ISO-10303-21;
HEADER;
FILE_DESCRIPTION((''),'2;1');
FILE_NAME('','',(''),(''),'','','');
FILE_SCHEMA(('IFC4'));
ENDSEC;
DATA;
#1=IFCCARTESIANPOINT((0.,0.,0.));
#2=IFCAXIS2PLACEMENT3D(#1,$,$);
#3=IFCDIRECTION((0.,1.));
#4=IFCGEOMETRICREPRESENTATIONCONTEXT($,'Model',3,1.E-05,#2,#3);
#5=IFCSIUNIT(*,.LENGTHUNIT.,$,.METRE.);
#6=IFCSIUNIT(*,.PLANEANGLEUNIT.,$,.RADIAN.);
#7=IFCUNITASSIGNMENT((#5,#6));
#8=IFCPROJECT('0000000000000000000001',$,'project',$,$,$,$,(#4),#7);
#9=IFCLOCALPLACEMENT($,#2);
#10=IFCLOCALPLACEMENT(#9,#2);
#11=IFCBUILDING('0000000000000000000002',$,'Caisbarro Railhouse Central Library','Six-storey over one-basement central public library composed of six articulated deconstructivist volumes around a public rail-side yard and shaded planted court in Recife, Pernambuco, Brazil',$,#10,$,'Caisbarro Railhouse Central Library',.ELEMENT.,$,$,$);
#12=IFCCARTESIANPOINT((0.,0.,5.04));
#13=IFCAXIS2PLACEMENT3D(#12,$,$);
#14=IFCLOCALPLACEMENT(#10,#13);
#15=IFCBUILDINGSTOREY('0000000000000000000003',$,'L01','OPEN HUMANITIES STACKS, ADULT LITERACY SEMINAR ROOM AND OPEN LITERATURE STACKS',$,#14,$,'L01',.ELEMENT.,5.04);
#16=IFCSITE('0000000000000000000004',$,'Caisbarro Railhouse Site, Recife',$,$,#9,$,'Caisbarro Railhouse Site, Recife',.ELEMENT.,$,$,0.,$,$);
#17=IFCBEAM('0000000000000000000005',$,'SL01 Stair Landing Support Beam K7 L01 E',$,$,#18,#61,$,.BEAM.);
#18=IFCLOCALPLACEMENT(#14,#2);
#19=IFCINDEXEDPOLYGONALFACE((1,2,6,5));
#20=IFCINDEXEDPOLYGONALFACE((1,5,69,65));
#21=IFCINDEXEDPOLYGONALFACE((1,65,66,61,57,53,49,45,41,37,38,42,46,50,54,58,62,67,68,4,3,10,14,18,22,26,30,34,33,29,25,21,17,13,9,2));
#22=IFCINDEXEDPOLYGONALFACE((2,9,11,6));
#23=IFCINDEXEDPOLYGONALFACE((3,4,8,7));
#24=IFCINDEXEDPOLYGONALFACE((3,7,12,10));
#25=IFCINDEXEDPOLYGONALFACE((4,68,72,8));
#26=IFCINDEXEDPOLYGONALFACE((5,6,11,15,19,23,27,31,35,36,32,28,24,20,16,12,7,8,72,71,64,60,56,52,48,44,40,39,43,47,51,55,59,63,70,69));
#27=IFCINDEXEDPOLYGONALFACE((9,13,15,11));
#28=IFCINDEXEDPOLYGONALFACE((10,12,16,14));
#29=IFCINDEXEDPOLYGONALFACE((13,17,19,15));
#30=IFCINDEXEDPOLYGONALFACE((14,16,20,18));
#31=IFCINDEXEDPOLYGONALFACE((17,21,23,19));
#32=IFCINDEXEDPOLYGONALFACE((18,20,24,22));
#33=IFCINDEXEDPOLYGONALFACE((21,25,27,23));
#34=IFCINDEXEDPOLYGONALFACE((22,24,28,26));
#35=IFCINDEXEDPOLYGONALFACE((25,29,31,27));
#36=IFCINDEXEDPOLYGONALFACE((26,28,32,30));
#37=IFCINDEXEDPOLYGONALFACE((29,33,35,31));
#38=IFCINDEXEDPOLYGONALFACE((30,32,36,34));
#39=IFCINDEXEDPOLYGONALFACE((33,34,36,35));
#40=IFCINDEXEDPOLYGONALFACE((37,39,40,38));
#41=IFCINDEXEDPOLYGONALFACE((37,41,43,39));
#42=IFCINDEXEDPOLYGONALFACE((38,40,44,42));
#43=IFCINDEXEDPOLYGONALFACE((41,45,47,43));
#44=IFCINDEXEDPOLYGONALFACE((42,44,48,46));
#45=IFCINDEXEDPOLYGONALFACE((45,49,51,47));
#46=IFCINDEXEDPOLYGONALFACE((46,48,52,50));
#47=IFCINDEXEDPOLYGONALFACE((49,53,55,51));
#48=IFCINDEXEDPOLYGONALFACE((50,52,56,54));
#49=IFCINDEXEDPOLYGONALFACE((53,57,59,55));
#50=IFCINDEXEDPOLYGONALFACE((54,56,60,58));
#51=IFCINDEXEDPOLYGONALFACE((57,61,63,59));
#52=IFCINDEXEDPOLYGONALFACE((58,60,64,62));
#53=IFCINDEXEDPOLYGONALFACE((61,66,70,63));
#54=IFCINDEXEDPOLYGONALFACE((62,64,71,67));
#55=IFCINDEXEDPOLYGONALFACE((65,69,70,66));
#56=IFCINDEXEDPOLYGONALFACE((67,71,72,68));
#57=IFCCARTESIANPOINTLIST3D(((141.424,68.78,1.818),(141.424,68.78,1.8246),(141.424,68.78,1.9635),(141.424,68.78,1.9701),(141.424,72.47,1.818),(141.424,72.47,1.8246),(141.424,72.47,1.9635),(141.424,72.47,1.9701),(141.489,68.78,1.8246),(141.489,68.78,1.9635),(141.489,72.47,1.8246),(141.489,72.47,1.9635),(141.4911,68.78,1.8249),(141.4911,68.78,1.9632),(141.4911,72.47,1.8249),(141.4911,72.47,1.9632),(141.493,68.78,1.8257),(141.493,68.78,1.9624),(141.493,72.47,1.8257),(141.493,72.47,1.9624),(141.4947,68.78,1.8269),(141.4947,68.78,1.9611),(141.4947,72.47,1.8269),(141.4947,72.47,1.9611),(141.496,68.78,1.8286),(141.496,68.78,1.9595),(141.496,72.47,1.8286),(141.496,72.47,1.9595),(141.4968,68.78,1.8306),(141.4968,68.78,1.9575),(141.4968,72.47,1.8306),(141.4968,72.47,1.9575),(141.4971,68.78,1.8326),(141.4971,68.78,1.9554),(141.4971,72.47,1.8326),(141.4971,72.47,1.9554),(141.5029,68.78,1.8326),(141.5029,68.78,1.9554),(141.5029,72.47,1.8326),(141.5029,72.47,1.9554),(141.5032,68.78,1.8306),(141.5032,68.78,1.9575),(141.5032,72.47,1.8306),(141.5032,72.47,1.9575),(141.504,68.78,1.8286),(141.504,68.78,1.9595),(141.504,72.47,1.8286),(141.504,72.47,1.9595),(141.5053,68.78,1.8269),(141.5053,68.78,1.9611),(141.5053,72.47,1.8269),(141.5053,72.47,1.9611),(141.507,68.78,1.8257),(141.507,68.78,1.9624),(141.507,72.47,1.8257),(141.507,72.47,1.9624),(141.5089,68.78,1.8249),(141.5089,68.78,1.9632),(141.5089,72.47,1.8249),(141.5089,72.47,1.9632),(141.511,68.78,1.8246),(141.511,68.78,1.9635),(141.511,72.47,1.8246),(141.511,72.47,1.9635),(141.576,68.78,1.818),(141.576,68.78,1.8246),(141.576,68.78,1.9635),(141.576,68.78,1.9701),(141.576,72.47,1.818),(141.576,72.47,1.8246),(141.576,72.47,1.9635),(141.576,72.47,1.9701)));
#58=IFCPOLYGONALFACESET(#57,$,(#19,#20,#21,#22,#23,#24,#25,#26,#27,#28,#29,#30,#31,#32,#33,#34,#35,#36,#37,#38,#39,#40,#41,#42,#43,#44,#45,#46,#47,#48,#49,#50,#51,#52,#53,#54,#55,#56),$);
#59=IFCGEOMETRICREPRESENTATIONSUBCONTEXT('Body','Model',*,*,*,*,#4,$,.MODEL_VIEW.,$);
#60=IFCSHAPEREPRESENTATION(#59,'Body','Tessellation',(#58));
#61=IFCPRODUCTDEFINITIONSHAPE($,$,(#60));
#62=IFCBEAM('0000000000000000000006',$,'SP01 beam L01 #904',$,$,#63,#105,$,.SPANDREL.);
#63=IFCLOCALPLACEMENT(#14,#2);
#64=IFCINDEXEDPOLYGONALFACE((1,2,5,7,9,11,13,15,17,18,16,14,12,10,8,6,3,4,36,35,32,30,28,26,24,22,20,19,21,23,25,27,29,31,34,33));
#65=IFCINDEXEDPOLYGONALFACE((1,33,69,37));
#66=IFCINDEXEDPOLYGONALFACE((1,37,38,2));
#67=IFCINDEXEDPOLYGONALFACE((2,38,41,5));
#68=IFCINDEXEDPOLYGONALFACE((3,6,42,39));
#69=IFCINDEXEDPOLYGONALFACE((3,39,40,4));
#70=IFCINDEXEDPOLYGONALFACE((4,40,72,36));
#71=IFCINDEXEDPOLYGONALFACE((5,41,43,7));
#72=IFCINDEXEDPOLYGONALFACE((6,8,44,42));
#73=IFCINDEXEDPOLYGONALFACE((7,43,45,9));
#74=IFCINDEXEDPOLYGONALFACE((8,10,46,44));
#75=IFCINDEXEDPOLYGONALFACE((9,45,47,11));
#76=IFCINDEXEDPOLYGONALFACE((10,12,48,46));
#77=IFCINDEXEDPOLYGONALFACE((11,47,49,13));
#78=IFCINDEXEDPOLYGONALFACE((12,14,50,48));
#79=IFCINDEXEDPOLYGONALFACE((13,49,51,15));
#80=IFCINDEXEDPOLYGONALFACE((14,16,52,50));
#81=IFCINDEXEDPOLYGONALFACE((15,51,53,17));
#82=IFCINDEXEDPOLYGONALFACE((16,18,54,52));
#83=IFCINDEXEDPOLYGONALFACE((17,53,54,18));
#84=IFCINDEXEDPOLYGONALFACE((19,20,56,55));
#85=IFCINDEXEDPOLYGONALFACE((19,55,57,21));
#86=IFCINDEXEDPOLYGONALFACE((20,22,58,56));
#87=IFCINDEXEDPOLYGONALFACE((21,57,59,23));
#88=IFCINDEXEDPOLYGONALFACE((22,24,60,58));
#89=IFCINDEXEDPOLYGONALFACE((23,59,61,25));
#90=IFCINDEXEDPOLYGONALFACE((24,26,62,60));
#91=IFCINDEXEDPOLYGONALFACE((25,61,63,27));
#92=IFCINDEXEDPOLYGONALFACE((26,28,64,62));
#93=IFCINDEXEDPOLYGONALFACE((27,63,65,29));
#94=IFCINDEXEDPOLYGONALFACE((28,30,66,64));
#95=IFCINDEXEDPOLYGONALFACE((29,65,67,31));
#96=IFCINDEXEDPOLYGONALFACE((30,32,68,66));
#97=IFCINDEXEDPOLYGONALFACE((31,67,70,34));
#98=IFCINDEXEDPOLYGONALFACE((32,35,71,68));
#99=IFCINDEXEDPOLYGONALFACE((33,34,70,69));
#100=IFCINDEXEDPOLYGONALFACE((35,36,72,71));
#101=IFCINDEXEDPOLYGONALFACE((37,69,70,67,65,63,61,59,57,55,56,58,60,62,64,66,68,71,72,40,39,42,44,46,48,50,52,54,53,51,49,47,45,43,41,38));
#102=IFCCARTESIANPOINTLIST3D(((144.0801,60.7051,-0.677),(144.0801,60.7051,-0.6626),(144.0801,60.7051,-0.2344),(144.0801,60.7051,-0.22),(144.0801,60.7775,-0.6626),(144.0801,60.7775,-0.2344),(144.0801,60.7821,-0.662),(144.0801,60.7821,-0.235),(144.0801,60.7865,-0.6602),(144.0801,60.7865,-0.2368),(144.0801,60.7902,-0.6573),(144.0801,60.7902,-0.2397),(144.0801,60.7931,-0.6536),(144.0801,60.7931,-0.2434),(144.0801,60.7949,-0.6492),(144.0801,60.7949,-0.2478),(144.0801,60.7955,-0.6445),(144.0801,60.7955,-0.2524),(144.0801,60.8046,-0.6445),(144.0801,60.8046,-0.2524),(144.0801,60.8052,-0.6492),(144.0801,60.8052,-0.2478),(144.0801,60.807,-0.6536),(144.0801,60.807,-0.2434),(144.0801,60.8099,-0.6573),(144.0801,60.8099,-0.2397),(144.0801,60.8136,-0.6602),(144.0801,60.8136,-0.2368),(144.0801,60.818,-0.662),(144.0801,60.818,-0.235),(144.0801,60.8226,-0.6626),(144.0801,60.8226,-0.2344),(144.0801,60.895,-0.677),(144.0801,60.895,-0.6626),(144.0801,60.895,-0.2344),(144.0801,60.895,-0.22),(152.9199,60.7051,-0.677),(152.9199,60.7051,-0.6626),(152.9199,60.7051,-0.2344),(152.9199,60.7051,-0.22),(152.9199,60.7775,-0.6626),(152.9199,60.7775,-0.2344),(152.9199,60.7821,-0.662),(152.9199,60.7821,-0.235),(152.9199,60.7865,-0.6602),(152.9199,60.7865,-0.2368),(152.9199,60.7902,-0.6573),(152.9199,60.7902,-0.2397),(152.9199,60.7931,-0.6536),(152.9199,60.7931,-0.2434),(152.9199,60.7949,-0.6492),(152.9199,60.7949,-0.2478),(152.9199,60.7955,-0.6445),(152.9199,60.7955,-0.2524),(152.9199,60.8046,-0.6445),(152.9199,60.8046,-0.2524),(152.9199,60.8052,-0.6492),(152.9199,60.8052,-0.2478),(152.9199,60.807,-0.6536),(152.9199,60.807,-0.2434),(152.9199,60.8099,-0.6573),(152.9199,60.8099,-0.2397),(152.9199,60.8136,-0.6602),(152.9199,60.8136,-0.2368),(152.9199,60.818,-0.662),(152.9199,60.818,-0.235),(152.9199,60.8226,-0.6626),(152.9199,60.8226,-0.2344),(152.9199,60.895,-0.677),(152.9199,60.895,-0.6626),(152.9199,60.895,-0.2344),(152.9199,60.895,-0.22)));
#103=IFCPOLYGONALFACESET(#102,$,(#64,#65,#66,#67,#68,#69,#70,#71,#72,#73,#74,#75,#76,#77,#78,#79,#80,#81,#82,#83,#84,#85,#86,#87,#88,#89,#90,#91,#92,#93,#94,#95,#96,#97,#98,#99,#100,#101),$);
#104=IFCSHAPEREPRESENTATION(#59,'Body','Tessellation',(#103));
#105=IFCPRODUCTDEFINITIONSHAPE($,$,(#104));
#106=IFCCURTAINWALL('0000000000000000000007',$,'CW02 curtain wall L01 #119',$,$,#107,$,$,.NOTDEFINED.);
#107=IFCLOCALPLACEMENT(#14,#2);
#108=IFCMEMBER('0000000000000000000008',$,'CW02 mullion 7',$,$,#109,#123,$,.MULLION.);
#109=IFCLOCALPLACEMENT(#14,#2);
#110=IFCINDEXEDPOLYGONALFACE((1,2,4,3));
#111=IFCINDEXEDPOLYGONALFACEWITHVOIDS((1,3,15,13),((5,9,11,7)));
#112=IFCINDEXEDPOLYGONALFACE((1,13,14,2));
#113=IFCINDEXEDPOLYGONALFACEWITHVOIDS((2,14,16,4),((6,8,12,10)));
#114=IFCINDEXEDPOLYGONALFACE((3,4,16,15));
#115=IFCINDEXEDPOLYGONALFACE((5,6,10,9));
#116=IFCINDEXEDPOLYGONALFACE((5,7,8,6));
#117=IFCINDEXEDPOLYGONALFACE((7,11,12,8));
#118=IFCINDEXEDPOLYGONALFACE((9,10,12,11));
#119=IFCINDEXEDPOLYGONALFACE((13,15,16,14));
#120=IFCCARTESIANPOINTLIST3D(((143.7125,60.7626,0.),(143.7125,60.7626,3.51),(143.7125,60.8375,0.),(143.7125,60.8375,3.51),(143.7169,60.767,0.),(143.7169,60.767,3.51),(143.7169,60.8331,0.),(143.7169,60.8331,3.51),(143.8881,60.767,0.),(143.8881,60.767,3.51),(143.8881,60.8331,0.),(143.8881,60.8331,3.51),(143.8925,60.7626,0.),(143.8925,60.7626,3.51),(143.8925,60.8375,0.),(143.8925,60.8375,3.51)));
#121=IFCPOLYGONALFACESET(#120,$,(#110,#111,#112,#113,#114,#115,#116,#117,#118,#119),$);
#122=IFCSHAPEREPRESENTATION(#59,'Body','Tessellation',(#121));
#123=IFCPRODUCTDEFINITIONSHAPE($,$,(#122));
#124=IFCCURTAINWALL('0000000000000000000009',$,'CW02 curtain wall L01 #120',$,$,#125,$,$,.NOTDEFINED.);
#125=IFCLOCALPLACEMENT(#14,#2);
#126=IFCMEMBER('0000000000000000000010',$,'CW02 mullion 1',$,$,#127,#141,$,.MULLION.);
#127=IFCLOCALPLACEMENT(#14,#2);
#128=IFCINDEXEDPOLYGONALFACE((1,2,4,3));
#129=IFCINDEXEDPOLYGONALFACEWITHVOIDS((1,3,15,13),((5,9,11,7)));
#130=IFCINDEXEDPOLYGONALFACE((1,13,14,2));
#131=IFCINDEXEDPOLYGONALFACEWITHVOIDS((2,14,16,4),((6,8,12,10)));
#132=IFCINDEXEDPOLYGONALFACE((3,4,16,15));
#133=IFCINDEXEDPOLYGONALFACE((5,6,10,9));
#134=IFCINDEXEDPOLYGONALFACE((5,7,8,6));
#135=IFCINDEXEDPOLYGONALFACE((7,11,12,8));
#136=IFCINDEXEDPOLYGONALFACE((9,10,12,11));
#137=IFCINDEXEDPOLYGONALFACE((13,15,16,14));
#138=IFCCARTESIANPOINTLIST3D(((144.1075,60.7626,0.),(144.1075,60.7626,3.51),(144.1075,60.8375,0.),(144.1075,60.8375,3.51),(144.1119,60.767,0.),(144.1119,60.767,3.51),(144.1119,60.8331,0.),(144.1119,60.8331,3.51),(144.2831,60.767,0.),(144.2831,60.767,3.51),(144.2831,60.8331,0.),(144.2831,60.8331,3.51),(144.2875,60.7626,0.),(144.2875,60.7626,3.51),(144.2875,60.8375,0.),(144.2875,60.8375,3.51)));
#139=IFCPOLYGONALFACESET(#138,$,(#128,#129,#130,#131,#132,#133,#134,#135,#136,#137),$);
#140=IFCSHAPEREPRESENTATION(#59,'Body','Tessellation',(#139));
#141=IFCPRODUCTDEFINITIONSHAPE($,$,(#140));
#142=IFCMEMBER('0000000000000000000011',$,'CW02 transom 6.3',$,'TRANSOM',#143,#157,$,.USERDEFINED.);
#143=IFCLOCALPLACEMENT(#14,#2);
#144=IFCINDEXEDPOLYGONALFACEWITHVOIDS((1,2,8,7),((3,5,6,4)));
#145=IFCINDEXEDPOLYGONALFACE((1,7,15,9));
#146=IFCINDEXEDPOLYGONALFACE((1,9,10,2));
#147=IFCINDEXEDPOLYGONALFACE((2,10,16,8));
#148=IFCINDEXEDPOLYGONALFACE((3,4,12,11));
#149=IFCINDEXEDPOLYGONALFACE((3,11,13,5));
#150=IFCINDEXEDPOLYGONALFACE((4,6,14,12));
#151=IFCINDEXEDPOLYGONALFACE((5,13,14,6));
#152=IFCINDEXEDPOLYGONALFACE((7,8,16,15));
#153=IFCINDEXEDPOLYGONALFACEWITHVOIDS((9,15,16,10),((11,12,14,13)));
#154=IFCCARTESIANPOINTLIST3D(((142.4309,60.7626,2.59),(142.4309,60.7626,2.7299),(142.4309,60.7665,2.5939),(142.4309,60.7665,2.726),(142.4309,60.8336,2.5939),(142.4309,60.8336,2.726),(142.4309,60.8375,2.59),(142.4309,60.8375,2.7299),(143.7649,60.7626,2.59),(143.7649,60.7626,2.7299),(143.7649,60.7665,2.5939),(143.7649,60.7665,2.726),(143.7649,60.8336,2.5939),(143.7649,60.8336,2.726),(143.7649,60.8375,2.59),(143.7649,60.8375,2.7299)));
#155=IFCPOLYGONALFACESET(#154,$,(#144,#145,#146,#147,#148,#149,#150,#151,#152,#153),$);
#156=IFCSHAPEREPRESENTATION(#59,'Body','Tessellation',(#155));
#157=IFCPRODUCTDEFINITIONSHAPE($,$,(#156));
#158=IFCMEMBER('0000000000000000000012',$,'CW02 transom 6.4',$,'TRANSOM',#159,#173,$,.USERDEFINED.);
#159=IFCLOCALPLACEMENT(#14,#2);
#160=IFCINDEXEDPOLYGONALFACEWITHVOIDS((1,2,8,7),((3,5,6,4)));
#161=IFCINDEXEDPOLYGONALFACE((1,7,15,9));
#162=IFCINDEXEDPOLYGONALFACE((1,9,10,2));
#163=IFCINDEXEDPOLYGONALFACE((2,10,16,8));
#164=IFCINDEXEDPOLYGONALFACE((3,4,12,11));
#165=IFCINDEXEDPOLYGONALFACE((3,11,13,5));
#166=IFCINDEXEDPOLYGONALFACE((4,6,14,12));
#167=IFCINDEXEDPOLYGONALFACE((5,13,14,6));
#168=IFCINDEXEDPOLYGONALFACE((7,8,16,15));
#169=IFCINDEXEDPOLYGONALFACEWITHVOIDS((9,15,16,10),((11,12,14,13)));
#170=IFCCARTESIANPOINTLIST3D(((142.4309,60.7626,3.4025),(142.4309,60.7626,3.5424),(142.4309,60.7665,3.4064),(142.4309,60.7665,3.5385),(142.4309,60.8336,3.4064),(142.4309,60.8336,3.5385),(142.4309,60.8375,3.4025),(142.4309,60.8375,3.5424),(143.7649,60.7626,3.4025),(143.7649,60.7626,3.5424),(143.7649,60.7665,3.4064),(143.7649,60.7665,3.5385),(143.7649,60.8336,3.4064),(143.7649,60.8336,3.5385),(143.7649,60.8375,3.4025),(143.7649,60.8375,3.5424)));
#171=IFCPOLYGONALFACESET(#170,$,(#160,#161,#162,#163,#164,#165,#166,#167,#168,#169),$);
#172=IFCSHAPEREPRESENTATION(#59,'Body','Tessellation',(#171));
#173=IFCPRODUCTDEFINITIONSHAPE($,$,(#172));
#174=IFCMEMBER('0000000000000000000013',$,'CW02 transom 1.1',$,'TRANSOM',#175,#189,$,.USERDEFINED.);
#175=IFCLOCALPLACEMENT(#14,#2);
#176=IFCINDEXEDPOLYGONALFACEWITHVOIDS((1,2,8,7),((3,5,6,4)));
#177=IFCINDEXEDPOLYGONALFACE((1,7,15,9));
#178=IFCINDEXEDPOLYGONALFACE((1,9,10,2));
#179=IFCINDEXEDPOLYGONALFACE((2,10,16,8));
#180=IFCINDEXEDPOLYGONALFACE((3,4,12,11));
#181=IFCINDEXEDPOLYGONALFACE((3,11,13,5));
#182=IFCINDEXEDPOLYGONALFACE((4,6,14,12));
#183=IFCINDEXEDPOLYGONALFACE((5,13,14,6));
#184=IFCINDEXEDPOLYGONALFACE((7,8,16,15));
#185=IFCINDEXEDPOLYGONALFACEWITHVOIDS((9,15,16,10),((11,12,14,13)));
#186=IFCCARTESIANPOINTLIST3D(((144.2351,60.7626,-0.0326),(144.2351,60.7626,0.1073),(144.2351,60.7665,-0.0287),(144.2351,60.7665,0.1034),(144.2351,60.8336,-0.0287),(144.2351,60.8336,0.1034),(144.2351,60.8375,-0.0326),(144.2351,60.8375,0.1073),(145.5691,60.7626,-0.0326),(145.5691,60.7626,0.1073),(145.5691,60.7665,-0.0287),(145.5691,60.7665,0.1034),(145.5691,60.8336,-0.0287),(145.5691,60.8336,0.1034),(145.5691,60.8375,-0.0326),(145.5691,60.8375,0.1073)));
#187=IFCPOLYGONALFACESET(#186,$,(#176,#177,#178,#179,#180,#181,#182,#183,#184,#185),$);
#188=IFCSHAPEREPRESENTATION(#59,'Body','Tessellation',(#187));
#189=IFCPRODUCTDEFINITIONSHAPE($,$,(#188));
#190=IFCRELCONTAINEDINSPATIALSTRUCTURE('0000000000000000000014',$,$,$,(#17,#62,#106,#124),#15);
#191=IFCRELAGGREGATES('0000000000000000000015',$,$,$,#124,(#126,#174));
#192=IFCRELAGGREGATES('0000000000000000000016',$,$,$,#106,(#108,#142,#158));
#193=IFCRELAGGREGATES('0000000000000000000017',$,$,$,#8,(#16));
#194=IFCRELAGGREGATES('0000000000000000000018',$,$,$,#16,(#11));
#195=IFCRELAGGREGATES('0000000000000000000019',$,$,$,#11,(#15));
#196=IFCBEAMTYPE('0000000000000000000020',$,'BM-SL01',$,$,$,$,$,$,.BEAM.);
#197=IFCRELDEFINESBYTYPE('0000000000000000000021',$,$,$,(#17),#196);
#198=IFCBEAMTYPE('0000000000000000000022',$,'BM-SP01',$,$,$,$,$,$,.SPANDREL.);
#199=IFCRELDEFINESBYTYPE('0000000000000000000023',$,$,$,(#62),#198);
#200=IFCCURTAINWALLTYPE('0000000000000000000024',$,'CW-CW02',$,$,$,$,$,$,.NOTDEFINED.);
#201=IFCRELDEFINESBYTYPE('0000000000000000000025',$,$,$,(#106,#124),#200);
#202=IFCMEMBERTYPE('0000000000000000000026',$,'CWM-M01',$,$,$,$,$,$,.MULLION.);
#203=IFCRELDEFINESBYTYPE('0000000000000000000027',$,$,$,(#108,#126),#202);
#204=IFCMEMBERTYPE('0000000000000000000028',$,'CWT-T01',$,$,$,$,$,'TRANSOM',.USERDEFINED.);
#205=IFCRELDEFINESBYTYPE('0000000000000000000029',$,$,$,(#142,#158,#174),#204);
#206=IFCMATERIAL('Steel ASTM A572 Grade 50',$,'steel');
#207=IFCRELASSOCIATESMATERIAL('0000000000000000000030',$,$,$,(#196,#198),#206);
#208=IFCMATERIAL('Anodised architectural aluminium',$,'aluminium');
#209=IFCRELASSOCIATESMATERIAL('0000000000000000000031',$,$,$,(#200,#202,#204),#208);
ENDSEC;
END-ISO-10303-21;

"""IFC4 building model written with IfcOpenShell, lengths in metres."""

from ifc_helpers import new_model, si_unit, direction, frame, origin, origin_2d, place, context, subcontext, project, spatial, hollow_rectangle, i_section, extrude, material, material_profile, profile_set, type_object, element, aggregate, save


model = new_model("IFC4")

# Units and contexts
model_context = context("Model", 3, precision=1e-05, world=origin(), true_north=direction((0.0, 1.0)))
body_context = subcontext(model_context, "Body", "Model", "MODEL_VIEW")
ifc_project = project(units=[si_unit("LENGTHUNIT", "METRE"), si_unit("PLANEANGLEUNIT", "RADIAN")], contexts=[model_context])

# Site, building, storey
site_placement = place(None, origin())
site = spatial("IfcSite", under=ifc_project, at=site_placement, Name="Caisbarro Railhouse Site, Recife", LongName="Caisbarro Railhouse Site, Recife", CompositionType="ELEMENT", RefElevation=0.0)
building_placement = place(site_placement, origin())
building = spatial("IfcBuilding", under=site, at=building_placement, Name="Caisbarro Railhouse Central Library", Description="Six-storey over one-basement central public library composed of six articulated deconstructivist volumes around a public rail-side yard and shaded planted court in Recife, Pernambuco, Brazil", LongName="Caisbarro Railhouse Central Library", CompositionType="ELEMENT")
storey_placement = place(building_placement, frame((0.0, 0.0, 5.04)))
storey = spatial("IfcBuildingStorey", under=building, at=storey_placement, Name="L01", Description="OPEN HUMANITIES STACKS, ADULT LITERACY SEMINAR ROOM AND OPEN LITERATURE STACKS", LongName="L01", CompositionType="ELEMENT", Elevation=5.04)

# Shared definitions
ifc_material_1 = material(Name="Steel ASTM A572 Grade 50", Category="steel")

# Beams
ifc_material_profile_1 = material_profile(ifc_material_1, i_section(OverallWidth=0.1521, OverallDepth=0.1521, WebThickness=0.0059, FlangeThickness=0.0066, FilletRadius=0.0081, at=origin_2d()), Name="W150X22.5")
ifc_profile_set_1 = profile_set([ifc_material_profile_1], Name="Steel ASTM A572 Grade 50")
beam_type_1 = type_object("IfcBeamType", Name="BM-SL01", PredefinedType="BEAM", material=ifc_profile_set_1)
for number, where, z_axis, x_axis, name in (
    (1, (141.5, 68.78, 1.894), (0.0, 1.0, 0.0), (-1.0, 0.0, 0.0), "SL01 Stair Landing Support Beam K7 L01 E"),
):
    element("IfcBeam", number, at=place(storey_placement, frame(where, z_axis=z_axis, x_axis=x_axis)), inside=storey, type_object=beam_type_1, Name=name, PredefinedType="BEAM", context=body_context, shape_type="SweptSolid", body=[
        extrude(i_section(OverallWidth=0.1521, OverallDepth=0.1521, WebThickness=0.0059, FlangeThickness=0.0066, FilletRadius=0.0081, at=origin_2d()), origin(), (0.0, 0.0, 1.0), 3.6899),
    ])
ifc_material_profile_2 = material_profile(ifc_material_1, i_section(OverallWidth=0.1899, OverallDepth=0.457, WebThickness=0.009, FlangeThickness=0.0144, FilletRadius=0.0181, at=origin_2d()), Name="W460X74.0")
ifc_profile_set_2 = profile_set([ifc_material_profile_2], Name="Steel ASTM A572 Grade 50")
beam_type_2 = type_object("IfcBeamType", Name="BM-SP01", PredefinedType="SPANDREL", material=ifc_profile_set_2)
beam_1_placement = place(storey_placement, frame((144.0801, 60.8, -0.4485), z_axis=(1.0, 0.0, 0.0), x_axis=(0.0, 1.0, 0.0)))
element("IfcBeam", 2, at=beam_1_placement, inside=storey, type_object=beam_type_2, Name="SP01 beam L01 #904", PredefinedType="SPANDREL", context=body_context, shape_type="SweptSolid", body=[
    extrude(i_section(OverallWidth=0.1899, OverallDepth=0.457, WebThickness=0.009, FlangeThickness=0.0144, FilletRadius=0.0181, at=origin_2d()), origin(), (0.0, 0.0, 1.0), 8.8398),
])

# Curtain walls, members
ifc_material_2 = material(Name="Anodised architectural aluminium", Category="aluminium")
curtain_wall_type = type_object("IfcCurtainWallType", Name="CW-CW02", PredefinedType="NOTDEFINED", material=ifc_material_2)
curtain_wall_1_placement = place(storey_placement, origin())
curtain_wall_1 = element("IfcCurtainWall", 3, at=curtain_wall_1_placement, inside=storey, type_object=curtain_wall_type, Name="CW02 curtain wall L01 #119", PredefinedType="NOTDEFINED")
ifc_material_profile_3 = material_profile(ifc_material_2, hollow_rectangle(XDim=0.075, YDim=0.1799, WallThickness=0.0044, at=origin_2d()), Name="ALU-MUL-75X180")
ifc_profile_set_3 = profile_set([ifc_material_profile_3], Name="Anodised architectural aluminium")
member_type_1 = type_object("IfcMemberType", Name="CWM-M01", PredefinedType="MULLION", material=ifc_profile_set_3)
member_1_placement = place(storey_placement, frame((143.8025, 60.8, 0.0), z_axis=(0.0, 0.0, 1.0), x_axis=(0.0, 1.0, 0.0)))
member_1 = element("IfcMember", 4, at=member_1_placement, type_object=member_type_1, Name="CW02 mullion 7", PredefinedType="MULLION", context=body_context, shape_type="SweptSolid", body=[
    extrude(hollow_rectangle(XDim=0.075, YDim=0.1799, WallThickness=0.0044, at=origin_2d()), origin(), (0.0, 0.0, 1.0), 3.51),
])
curtain_wall_2_placement = place(storey_placement, origin())
curtain_wall_2 = element("IfcCurtainWall", 5, at=curtain_wall_2_placement, inside=storey, type_object=curtain_wall_type, Name="CW02 curtain wall L01 #120", PredefinedType="NOTDEFINED")
member_2_placement = place(storey_placement, frame((144.1975, 60.8, 0.0), z_axis=(0.0, 0.0, 1.0), x_axis=(0.0, 1.0, 0.0)))
member_2 = element("IfcMember", 6, at=member_2_placement, type_object=member_type_1, Name="CW02 mullion 1", PredefinedType="MULLION", context=body_context, shape_type="SweptSolid", body=[
    extrude(hollow_rectangle(XDim=0.075, YDim=0.1799, WallThickness=0.0044, at=origin_2d()), origin(), (0.0, 0.0, 1.0), 3.51),
])

# Members
ifc_material_profile_4 = material_profile(ifc_material_2, hollow_rectangle(XDim=0.075, YDim=0.1399, WallThickness=0.0039, at=origin_2d()), Name="ALU-TRN-75X140")
ifc_profile_set_4 = profile_set([ifc_material_profile_4], Name="Anodised architectural aluminium")
member_type_2 = type_object("IfcMemberType", Name="CWT-T01", ElementType="TRANSOM", PredefinedType="USERDEFINED", material=ifc_profile_set_4)
member_3_placement = place(storey_placement, frame((142.4309, 60.8, 2.6599), z_axis=(1.0, 0.0, 0.0), x_axis=(0.0, 1.0, 0.0)))
member_3 = element("IfcMember", 7, at=member_3_placement, type_object=member_type_2, Name="CW02 transom 6.3", ObjectType="TRANSOM", PredefinedType="USERDEFINED", context=body_context, shape_type="SweptSolid", body=[
    extrude(hollow_rectangle(XDim=0.075, YDim=0.1399, WallThickness=0.0039, at=origin_2d()), origin(), (0.0, 0.0, 1.0), 1.334),
])
member_4_placement = place(storey_placement, frame((142.4309, 60.8, 3.4724), z_axis=(1.0, 0.0, 0.0), x_axis=(0.0, 1.0, 0.0)))
member_4 = element("IfcMember", 8, at=member_4_placement, type_object=member_type_2, Name="CW02 transom 6.4", ObjectType="TRANSOM", PredefinedType="USERDEFINED", context=body_context, shape_type="SweptSolid", body=[
    extrude(hollow_rectangle(XDim=0.075, YDim=0.1399, WallThickness=0.0039, at=origin_2d()), origin(), (0.0, 0.0, 1.0), 1.334),
])
member_5_placement = place(storey_placement, frame((144.2351, 60.8, 0.0374), z_axis=(1.0, 0.0, 0.0), x_axis=(0.0, 1.0, 0.0)))
member_5 = element("IfcMember", 9, at=member_5_placement, type_object=member_type_2, Name="CW02 transom 1.1", ObjectType="TRANSOM", PredefinedType="USERDEFINED", context=body_context, shape_type="SweptSolid", body=[
    extrude(hollow_rectangle(XDim=0.075, YDim=0.1399, WallThickness=0.0039, at=origin_2d()), origin(), (0.0, 0.0, 1.0), 1.334),
])
aggregate(curtain_wall_2, [member_2, member_5])

aggregate(curtain_wall_1, [member_1, member_3, member_4])

save(model, "model.ifc")
